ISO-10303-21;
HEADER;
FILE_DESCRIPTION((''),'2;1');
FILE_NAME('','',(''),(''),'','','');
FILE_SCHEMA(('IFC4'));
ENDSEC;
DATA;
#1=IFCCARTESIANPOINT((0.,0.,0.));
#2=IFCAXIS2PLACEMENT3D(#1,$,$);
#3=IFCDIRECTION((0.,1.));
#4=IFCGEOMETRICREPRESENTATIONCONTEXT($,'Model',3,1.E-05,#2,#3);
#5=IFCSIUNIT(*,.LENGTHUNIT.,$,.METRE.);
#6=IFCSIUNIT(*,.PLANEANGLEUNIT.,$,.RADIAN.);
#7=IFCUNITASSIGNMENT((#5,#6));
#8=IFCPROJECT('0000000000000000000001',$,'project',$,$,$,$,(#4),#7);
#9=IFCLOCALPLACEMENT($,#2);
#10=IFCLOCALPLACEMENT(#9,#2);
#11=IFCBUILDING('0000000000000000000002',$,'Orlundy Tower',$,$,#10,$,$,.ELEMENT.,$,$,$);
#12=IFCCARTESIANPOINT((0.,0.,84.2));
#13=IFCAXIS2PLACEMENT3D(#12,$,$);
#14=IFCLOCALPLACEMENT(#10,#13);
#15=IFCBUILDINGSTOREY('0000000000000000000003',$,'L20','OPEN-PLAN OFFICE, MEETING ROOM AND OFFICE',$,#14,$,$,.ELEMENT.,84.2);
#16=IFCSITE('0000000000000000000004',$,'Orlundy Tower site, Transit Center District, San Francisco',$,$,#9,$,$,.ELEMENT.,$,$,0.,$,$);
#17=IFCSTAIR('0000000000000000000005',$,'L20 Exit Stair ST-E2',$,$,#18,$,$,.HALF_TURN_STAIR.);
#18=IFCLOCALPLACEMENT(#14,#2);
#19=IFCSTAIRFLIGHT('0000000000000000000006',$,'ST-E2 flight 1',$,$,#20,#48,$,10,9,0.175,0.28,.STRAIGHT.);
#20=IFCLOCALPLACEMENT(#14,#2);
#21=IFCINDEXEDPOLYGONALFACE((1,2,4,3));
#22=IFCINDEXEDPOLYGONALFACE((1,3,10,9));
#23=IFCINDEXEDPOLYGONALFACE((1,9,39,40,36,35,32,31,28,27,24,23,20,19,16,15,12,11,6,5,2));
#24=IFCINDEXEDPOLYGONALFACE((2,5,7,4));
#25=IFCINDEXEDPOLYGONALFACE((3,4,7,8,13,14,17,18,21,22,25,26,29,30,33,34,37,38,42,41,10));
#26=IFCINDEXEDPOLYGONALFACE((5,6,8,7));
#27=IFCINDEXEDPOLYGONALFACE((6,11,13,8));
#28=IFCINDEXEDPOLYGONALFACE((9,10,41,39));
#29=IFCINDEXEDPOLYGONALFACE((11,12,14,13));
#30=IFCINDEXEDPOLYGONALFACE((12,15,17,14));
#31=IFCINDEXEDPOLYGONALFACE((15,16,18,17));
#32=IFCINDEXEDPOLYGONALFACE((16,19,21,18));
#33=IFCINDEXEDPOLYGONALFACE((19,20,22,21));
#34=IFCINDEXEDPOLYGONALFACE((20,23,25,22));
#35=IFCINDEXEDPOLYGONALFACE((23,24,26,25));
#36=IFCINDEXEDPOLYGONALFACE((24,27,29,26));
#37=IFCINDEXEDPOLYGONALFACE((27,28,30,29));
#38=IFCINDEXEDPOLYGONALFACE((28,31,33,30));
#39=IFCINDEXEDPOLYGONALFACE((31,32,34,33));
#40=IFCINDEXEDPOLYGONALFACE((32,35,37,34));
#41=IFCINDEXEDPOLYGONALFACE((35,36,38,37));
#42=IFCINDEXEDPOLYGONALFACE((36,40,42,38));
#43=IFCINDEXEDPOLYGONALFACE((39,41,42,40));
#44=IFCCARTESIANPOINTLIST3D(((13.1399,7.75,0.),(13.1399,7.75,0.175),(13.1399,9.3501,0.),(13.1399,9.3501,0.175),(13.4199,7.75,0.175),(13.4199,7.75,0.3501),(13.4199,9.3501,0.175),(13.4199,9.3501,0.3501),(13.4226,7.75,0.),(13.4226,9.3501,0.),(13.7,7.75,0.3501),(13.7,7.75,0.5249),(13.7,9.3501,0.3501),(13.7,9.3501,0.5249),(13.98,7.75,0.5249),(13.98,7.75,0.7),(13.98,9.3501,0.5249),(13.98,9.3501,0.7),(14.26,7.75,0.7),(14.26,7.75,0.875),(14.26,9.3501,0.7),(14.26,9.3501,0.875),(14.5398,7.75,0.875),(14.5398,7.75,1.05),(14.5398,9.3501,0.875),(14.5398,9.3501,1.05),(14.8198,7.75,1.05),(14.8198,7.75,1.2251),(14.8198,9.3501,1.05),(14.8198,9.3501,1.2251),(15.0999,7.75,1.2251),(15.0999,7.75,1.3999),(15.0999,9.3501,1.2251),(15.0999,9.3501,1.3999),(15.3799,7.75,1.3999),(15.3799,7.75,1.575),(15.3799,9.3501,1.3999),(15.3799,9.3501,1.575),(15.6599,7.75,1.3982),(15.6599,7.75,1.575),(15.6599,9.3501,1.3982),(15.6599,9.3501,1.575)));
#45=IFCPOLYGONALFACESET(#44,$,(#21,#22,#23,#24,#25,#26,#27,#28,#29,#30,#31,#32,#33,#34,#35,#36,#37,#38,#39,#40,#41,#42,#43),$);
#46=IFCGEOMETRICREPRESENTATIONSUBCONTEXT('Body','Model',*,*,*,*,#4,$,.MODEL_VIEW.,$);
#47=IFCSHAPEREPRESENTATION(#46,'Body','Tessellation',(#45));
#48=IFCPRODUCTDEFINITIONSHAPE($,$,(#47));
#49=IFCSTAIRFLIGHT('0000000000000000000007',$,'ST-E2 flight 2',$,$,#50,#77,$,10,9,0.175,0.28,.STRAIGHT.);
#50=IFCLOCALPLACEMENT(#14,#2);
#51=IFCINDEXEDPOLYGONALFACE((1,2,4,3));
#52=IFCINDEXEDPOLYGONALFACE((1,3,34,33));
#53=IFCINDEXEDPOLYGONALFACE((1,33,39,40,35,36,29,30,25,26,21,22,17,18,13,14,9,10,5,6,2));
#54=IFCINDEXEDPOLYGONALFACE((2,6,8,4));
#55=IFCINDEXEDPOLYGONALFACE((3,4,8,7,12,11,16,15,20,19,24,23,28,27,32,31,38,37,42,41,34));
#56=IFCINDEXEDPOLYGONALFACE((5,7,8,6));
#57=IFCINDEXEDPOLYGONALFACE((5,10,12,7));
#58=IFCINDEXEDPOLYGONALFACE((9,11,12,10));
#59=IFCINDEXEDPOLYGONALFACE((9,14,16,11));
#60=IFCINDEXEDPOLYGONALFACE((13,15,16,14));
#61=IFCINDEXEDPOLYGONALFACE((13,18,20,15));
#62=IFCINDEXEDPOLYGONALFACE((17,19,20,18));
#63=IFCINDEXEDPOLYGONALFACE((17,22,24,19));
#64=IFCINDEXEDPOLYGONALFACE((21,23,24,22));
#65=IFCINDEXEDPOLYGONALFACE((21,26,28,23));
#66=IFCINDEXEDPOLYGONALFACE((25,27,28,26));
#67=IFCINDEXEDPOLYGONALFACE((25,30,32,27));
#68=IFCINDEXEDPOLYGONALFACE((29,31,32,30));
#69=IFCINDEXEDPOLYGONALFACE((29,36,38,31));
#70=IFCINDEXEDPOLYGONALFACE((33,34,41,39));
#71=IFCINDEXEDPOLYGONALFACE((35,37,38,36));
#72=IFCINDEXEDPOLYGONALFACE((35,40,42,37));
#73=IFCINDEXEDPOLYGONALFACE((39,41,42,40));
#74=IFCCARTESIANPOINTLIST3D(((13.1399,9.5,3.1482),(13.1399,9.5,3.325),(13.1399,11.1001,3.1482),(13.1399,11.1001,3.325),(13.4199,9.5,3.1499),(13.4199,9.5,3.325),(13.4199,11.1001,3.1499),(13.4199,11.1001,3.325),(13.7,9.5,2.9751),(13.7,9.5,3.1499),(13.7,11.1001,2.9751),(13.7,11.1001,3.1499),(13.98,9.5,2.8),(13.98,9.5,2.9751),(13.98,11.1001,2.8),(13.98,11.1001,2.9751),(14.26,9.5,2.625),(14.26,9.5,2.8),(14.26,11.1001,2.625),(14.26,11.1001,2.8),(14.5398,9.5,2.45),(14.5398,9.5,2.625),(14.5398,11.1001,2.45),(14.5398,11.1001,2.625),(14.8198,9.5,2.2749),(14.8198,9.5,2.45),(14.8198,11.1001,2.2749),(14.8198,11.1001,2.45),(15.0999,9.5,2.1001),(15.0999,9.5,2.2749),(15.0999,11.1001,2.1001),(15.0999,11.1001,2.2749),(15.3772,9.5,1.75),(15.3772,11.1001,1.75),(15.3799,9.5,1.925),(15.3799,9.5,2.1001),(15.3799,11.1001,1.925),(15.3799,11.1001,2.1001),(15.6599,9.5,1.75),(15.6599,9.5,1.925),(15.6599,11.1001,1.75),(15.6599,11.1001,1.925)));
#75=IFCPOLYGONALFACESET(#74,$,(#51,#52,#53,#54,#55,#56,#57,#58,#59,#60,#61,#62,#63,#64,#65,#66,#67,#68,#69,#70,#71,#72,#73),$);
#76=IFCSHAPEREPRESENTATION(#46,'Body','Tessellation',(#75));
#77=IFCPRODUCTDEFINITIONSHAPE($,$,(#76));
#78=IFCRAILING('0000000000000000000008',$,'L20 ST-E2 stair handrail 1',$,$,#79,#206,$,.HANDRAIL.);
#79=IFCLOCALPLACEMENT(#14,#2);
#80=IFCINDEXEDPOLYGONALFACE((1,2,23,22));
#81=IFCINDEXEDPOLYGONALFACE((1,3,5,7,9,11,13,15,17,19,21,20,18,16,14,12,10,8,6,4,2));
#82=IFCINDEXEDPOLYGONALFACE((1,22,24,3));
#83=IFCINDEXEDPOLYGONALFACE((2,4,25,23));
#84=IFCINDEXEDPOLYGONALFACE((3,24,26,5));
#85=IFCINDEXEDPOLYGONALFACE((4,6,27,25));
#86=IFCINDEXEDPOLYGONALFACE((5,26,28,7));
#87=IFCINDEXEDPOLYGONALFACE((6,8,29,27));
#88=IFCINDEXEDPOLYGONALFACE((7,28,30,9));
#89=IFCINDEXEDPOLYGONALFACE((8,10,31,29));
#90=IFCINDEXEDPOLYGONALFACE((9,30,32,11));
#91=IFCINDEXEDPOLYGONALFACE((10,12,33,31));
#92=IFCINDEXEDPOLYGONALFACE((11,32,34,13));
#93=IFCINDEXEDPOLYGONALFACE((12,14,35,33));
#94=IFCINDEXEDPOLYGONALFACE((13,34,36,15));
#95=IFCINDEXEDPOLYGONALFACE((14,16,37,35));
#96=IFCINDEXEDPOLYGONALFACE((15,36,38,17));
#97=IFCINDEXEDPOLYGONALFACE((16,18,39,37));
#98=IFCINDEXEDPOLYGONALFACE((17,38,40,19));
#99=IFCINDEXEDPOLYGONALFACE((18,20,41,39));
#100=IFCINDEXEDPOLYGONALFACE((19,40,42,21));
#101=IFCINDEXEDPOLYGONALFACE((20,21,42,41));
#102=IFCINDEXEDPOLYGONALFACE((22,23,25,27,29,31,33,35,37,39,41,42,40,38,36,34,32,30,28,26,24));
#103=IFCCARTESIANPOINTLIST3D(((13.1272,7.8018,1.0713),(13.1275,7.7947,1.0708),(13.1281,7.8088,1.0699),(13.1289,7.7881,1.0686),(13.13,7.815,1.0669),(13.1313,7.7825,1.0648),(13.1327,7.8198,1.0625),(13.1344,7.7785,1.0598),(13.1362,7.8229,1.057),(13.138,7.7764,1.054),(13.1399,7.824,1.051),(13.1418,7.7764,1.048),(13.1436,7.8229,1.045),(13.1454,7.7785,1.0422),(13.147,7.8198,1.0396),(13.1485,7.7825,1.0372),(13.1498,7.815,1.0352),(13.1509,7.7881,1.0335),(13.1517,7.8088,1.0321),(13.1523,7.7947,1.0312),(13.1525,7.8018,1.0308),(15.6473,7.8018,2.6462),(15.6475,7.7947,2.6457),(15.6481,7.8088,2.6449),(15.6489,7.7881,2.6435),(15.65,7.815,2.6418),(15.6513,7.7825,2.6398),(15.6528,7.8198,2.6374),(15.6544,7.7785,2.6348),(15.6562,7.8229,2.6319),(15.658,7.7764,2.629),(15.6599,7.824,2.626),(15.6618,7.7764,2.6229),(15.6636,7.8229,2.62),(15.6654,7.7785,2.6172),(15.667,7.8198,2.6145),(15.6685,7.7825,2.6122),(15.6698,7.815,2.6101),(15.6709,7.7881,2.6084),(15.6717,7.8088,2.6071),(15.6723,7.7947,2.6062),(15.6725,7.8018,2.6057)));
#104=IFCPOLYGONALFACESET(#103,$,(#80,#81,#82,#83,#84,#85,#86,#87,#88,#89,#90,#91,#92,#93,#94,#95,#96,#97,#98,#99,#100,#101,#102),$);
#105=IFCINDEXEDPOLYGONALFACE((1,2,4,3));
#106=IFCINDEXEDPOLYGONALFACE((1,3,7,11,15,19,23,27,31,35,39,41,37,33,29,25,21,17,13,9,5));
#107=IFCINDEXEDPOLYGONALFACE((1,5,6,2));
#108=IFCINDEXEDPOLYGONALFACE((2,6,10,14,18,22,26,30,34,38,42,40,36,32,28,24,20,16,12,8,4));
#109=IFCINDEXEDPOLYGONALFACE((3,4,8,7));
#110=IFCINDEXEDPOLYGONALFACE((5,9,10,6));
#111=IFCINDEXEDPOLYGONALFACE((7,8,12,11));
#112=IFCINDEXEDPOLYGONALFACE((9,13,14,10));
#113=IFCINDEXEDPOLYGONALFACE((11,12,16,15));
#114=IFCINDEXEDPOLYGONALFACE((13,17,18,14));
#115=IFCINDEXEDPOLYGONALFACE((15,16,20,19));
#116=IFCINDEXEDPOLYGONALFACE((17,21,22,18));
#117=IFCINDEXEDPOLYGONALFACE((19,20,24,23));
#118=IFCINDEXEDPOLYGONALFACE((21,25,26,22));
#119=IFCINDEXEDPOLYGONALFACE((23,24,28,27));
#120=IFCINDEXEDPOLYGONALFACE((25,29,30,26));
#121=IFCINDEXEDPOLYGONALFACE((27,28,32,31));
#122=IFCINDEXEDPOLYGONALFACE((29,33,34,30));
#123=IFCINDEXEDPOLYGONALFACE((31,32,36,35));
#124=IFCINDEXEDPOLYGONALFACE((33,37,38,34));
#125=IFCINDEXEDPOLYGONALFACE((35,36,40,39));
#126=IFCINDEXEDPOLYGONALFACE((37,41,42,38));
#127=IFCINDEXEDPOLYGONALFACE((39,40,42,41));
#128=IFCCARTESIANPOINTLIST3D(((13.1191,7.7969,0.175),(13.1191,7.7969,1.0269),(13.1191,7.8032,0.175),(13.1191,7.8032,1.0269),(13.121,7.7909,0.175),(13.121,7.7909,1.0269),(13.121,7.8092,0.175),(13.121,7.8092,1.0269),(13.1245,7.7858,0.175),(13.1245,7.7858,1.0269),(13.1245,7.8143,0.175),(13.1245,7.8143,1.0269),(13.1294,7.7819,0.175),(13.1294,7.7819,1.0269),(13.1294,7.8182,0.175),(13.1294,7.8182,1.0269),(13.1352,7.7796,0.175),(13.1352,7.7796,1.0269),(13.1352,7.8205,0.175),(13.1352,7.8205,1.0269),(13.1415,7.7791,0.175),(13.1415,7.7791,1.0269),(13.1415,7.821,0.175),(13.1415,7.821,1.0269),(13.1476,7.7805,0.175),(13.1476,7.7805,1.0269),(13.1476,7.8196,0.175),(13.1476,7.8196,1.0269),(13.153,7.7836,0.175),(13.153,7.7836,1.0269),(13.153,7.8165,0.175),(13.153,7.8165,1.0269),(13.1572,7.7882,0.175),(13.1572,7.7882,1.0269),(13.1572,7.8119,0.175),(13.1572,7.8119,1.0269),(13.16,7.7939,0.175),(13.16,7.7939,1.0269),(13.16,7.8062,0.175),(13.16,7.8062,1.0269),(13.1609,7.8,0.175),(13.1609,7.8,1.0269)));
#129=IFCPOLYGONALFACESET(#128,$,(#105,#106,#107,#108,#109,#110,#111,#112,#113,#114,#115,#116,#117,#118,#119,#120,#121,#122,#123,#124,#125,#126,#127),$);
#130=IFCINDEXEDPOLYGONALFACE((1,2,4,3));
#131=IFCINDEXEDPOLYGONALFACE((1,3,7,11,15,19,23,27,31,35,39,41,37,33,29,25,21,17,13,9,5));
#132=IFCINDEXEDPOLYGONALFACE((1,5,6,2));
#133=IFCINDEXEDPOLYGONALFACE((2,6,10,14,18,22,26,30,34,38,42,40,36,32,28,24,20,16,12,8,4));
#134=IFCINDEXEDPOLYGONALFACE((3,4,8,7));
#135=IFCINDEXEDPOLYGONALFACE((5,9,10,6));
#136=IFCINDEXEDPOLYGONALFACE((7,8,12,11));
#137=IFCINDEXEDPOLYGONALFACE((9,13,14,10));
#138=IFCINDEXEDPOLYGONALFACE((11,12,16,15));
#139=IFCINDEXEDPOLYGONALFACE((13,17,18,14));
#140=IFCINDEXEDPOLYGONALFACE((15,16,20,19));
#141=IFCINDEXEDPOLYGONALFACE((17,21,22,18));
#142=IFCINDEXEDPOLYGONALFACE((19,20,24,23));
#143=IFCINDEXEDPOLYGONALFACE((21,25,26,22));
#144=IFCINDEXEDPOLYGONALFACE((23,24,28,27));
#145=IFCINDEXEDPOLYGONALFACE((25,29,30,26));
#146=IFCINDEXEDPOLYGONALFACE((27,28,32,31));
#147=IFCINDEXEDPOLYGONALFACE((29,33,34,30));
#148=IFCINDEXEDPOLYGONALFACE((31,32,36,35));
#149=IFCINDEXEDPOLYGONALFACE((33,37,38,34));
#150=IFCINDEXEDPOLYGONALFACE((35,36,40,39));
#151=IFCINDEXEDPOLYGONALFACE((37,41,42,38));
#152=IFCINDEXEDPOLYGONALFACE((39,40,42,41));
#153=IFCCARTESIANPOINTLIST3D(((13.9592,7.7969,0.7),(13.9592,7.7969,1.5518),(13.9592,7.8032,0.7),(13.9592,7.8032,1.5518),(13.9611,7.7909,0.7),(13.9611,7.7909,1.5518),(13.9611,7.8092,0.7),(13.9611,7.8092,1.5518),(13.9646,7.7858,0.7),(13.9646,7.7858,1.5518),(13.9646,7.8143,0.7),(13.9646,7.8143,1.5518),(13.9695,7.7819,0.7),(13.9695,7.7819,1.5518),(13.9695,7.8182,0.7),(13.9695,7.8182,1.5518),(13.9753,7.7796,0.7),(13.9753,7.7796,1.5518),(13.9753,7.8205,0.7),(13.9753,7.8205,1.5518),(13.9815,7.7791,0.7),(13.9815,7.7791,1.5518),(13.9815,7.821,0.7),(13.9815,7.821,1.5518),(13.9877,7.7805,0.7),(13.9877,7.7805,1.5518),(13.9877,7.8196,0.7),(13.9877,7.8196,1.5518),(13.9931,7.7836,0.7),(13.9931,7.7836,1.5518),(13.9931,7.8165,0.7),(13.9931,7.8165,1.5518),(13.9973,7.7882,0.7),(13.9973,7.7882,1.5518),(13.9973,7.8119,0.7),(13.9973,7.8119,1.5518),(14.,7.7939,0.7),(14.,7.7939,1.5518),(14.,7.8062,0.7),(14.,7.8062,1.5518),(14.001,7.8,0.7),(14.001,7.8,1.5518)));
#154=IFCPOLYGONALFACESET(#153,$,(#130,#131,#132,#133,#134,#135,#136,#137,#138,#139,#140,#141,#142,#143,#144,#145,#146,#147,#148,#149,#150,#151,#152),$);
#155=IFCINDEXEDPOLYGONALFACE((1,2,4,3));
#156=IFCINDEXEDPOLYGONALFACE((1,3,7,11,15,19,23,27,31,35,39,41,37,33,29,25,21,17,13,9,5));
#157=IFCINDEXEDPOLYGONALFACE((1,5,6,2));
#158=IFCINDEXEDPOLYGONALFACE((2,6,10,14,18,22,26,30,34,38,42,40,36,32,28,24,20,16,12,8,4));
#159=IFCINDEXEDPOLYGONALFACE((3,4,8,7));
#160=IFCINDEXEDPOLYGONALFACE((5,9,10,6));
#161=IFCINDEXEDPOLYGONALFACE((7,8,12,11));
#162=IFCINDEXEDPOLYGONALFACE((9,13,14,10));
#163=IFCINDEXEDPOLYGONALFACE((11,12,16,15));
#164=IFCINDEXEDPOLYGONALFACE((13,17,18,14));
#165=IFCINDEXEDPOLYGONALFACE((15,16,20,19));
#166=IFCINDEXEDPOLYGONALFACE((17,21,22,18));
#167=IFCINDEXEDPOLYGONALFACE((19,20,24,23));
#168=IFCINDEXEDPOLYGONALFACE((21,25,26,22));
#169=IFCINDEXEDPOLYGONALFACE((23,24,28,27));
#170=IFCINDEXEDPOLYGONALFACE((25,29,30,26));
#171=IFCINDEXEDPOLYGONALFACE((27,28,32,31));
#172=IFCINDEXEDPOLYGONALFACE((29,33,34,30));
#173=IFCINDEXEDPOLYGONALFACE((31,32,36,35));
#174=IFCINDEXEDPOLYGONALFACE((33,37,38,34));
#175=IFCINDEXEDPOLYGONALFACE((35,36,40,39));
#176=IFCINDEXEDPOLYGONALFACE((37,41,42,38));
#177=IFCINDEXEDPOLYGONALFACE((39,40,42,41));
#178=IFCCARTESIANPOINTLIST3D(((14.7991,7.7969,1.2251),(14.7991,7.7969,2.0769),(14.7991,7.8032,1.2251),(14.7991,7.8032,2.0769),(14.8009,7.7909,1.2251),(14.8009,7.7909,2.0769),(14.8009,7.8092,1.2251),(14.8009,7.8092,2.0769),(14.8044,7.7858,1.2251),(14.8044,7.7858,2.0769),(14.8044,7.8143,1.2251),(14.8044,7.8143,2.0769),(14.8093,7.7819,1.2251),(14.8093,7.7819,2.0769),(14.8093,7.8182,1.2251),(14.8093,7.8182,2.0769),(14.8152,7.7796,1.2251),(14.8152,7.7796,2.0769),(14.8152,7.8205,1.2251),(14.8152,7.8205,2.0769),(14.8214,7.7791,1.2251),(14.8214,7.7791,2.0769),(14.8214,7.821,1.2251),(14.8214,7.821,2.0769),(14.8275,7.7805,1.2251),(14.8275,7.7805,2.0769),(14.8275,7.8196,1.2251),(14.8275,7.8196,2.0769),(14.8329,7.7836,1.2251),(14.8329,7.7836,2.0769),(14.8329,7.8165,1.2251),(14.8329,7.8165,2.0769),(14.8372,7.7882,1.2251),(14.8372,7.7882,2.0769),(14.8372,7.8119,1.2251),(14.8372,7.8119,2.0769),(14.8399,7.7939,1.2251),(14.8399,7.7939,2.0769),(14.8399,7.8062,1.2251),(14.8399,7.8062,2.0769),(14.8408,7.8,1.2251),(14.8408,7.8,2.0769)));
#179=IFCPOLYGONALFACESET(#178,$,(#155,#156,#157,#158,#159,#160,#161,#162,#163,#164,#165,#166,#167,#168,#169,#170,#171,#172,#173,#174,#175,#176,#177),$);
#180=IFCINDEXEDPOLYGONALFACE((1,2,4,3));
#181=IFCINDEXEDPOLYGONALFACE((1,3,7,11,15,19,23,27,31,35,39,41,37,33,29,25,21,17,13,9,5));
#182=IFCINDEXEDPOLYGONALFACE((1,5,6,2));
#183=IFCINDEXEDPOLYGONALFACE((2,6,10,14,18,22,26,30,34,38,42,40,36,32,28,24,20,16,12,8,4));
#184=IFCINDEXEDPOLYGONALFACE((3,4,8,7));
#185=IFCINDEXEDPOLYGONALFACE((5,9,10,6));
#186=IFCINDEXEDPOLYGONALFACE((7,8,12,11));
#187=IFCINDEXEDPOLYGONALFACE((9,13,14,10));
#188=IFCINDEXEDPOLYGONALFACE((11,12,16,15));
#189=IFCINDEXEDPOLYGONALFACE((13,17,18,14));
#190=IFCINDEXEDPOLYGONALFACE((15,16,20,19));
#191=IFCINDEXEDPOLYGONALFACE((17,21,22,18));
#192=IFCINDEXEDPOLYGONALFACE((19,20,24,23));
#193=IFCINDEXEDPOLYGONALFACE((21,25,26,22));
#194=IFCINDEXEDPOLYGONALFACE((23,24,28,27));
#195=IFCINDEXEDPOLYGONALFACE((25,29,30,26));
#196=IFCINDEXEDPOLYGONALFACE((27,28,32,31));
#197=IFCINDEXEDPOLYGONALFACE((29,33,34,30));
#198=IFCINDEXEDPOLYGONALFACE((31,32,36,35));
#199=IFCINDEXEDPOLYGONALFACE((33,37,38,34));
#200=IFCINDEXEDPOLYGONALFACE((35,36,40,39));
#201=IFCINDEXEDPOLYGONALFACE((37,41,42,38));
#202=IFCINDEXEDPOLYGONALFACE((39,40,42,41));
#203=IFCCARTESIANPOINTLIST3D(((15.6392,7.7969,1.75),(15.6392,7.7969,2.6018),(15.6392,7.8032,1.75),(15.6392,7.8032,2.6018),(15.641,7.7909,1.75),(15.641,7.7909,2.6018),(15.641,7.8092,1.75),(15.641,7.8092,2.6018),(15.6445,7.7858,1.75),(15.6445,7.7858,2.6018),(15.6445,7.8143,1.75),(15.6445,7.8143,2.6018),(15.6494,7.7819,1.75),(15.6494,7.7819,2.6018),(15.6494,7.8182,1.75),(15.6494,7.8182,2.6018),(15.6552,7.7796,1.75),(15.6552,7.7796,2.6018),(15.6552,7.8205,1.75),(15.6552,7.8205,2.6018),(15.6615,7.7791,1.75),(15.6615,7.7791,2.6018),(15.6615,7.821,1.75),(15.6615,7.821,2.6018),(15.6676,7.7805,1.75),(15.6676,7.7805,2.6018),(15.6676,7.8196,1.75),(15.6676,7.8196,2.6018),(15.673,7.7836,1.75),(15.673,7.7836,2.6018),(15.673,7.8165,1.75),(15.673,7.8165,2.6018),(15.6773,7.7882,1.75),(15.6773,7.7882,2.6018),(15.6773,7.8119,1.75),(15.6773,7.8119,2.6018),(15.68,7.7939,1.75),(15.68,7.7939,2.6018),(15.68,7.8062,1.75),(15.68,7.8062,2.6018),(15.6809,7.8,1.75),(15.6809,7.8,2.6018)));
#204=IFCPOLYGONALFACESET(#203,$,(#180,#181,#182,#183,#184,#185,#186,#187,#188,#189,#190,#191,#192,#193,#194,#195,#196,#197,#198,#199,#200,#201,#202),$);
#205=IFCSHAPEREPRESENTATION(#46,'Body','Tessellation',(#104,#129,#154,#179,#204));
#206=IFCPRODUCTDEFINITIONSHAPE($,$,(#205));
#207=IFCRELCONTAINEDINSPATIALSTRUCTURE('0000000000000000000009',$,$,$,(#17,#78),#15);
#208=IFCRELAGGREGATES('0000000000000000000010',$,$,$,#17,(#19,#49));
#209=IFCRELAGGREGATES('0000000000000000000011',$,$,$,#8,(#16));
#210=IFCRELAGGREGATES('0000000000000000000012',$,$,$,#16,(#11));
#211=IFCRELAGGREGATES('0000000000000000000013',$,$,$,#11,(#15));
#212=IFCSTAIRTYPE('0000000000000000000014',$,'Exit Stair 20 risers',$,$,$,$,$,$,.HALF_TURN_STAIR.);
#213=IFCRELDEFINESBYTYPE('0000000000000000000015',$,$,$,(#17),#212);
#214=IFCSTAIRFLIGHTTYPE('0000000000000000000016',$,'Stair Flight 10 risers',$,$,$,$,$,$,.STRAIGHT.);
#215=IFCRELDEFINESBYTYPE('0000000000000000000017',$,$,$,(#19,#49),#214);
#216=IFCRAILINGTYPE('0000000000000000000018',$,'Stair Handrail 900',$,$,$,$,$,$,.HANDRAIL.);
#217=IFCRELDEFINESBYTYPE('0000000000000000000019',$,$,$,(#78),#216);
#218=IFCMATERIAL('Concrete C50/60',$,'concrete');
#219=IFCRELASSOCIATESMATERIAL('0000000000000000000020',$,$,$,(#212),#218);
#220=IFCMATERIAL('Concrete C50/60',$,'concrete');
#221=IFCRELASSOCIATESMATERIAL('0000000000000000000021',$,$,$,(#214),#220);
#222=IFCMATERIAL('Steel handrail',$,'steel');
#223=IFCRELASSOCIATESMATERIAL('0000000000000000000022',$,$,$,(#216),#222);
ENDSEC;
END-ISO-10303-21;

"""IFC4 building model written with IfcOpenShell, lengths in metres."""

from ifc_helpers import new_model, si_unit, direction, frame, origin, origin_2d, place, context, subcontext, project, spatial, polyline, circle, outline, extrude, material, type_object, element, aggregate, save


model = new_model("IFC4")

# Units and contexts
model_context = context("Model", 3, precision=1e-05, world=origin(), true_north=direction((0.0, 1.0)))
body_context = subcontext(model_context, "Body", "Model", "MODEL_VIEW")
ifc_project = project(units=[si_unit("LENGTHUNIT", "METRE"), si_unit("PLANEANGLEUNIT", "RADIAN")], contexts=[model_context])

# Site, building, storey
site_placement = place(None, origin())
site = spatial("IfcSite", under=ifc_project, at=site_placement, Name="Orlundy Tower site, Transit Center District, San Francisco", CompositionType="ELEMENT", RefElevation=0.0)
building_placement = place(site_placement, origin())
building = spatial("IfcBuilding", under=site, at=building_placement, Name="Orlundy Tower", CompositionType="ELEMENT")
storey_placement = place(building_placement, frame((0.0, 0.0, 84.2)))
storey = spatial("IfcBuildingStorey", under=building, at=storey_placement, Name="L20", Description="OPEN-PLAN OFFICE, MEETING ROOM AND OFFICE", CompositionType="ELEMENT", Elevation=84.2)

# Stair, stair flights
ifc_material_1 = material(Name="Concrete C50/60", Category="concrete")
stair_type = type_object("IfcStairType", Name="Exit Stair 20 risers", PredefinedType="HALF_TURN_STAIR", material=ifc_material_1)
stair_placement = place(storey_placement, origin())
stair = element("IfcStair", 1, at=stair_placement, inside=storey, type_object=stair_type, Name="L20 Exit Stair ST-E2", PredefinedType="HALF_TURN_STAIR")
ifc_material_2 = material(Name="Concrete C50/60", Category="concrete")
stair_flight_type = type_object("IfcStairFlightType", Name="Stair Flight 10 risers", PredefinedType="STRAIGHT", material=ifc_material_2)
stair_flight_1_placement = place(storey_placement, frame((13.1399, 8.55, 0.0), z_axis=(0.0, 0.0, 1.0), x_axis=(1.0, 0.0, 0.0)))
stair_flight_1 = element("IfcStairFlight", 2, at=stair_flight_1_placement, type_object=stair_flight_type, Name="ST-E2 flight 1", NumberOfRisers=10, NumberOfTreads=9, PredefinedType="STRAIGHT", RiserHeight=0.175, TreadLength=0.28, context=body_context, shape_type="SweptSolid", body=[
    extrude(outline(polyline([(0.0, 0.0), (0.0, 0.175), (0.28, 0.175), (0.28, 0.3501), (0.5601, 0.3501), (0.5601, 0.5249), (0.8401, 0.5249), (0.8401, 0.7), (1.1201, 0.7), (1.1201, 0.875), (1.3999, 0.875), (1.3999, 1.05), (1.6799, 1.05), (1.6799, 1.2251), (1.96, 1.2251), (1.96, 1.3999), (2.24, 1.3999), (2.24, 1.575), (2.52, 1.575), (2.52, 1.75), (2.52, 1.3982), (0.2827, 0.0), (0.0, 0.0)])), frame((0.0, 0.8, 0.0), z_axis=(0.0, -1.0, 0.0), x_axis=(1.0, 0.0, 0.0)), (0.0, 0.0, 1.0), 1.6001),
])
stair_flight_2_placement = place(storey_placement, frame((15.6599, 10.3, 1.75), z_axis=(0.0, 0.0, 1.0), x_axis=(-1.0, 0.0, 0.0)))
stair_flight_2 = element("IfcStairFlight", 3, at=stair_flight_2_placement, type_object=stair_flight_type, Name="ST-E2 flight 2", NumberOfRisers=10, NumberOfTreads=9, PredefinedType="STRAIGHT", RiserHeight=0.175, TreadLength=0.28, context=body_context, shape_type="SweptSolid", body=[
    extrude(outline(polyline([(0.0, 0.0), (0.0, 0.175), (0.28, 0.175), (0.28, 0.3501), (0.5601, 0.3501), (0.5601, 0.5249), (0.8401, 0.5249), (0.8401, 0.7), (1.1201, 0.7), (1.1201, 0.875), (1.3999, 0.875), (1.3999, 1.05), (1.6799, 1.05), (1.6799, 1.2251), (1.96, 1.2251), (1.96, 1.3999), (2.24, 1.3999), (2.24, 1.575), (2.52, 1.575), (2.52, 1.75), (2.52, 1.3982), (0.2827, 0.0), (0.0, 0.0)])), frame((0.0, 0.8, 0.0), z_axis=(0.0, -1.0, 0.0), x_axis=(1.0, 0.0, 0.0)), (0.0, 0.0, 1.0), 1.6001),
])
aggregate(stair, [stair_flight_1, stair_flight_2])

# Railing
ifc_material_3 = material(Name="Steel handrail", Category="steel")
railing_type_1 = type_object("IfcRailingType", Name="Stair Handrail 900", PredefinedType="HANDRAIL", material=ifc_material_3)
railing_1_placement = place(storey_placement, frame((13.1399, 7.8, 0.175)))
element("IfcRailing", 4, at=railing_1_placement, inside=storey, type_object=railing_type_1, Name="L20 ST-E2 stair handrail 1", PredefinedType="HANDRAIL", context=body_context, shape_type="SweptSolid", body=[
    extrude(circle(Radius=0.0239, at=origin_2d()), frame((0.0, 0.0, 0.876), z_axis=(0.848008, 0.0, 0.529984), x_axis=(0.0, 1.0, 0.0)), (0.0, 0.0, 1.0), 2.9717),
    extrude(circle(Radius=0.021, at=origin_2d()), origin(), (0.0, 0.0, 1.0), 0.8518),
    extrude(circle(Radius=0.021, at=origin_2d()), frame((0.8401, 0.0, 0.5249)), (0.0, 0.0, 1.0), 0.8518),
    extrude(circle(Radius=0.021, at=origin_2d()), frame((1.6799, 0.0, 1.05)), (0.0, 0.0, 1.0), 0.8518),
    extrude(circle(Radius=0.021, at=origin_2d()), frame((2.52, 0.0, 1.575)), (0.0, 0.0, 1.0), 0.8518),
])

save(model, "model.ifc")
